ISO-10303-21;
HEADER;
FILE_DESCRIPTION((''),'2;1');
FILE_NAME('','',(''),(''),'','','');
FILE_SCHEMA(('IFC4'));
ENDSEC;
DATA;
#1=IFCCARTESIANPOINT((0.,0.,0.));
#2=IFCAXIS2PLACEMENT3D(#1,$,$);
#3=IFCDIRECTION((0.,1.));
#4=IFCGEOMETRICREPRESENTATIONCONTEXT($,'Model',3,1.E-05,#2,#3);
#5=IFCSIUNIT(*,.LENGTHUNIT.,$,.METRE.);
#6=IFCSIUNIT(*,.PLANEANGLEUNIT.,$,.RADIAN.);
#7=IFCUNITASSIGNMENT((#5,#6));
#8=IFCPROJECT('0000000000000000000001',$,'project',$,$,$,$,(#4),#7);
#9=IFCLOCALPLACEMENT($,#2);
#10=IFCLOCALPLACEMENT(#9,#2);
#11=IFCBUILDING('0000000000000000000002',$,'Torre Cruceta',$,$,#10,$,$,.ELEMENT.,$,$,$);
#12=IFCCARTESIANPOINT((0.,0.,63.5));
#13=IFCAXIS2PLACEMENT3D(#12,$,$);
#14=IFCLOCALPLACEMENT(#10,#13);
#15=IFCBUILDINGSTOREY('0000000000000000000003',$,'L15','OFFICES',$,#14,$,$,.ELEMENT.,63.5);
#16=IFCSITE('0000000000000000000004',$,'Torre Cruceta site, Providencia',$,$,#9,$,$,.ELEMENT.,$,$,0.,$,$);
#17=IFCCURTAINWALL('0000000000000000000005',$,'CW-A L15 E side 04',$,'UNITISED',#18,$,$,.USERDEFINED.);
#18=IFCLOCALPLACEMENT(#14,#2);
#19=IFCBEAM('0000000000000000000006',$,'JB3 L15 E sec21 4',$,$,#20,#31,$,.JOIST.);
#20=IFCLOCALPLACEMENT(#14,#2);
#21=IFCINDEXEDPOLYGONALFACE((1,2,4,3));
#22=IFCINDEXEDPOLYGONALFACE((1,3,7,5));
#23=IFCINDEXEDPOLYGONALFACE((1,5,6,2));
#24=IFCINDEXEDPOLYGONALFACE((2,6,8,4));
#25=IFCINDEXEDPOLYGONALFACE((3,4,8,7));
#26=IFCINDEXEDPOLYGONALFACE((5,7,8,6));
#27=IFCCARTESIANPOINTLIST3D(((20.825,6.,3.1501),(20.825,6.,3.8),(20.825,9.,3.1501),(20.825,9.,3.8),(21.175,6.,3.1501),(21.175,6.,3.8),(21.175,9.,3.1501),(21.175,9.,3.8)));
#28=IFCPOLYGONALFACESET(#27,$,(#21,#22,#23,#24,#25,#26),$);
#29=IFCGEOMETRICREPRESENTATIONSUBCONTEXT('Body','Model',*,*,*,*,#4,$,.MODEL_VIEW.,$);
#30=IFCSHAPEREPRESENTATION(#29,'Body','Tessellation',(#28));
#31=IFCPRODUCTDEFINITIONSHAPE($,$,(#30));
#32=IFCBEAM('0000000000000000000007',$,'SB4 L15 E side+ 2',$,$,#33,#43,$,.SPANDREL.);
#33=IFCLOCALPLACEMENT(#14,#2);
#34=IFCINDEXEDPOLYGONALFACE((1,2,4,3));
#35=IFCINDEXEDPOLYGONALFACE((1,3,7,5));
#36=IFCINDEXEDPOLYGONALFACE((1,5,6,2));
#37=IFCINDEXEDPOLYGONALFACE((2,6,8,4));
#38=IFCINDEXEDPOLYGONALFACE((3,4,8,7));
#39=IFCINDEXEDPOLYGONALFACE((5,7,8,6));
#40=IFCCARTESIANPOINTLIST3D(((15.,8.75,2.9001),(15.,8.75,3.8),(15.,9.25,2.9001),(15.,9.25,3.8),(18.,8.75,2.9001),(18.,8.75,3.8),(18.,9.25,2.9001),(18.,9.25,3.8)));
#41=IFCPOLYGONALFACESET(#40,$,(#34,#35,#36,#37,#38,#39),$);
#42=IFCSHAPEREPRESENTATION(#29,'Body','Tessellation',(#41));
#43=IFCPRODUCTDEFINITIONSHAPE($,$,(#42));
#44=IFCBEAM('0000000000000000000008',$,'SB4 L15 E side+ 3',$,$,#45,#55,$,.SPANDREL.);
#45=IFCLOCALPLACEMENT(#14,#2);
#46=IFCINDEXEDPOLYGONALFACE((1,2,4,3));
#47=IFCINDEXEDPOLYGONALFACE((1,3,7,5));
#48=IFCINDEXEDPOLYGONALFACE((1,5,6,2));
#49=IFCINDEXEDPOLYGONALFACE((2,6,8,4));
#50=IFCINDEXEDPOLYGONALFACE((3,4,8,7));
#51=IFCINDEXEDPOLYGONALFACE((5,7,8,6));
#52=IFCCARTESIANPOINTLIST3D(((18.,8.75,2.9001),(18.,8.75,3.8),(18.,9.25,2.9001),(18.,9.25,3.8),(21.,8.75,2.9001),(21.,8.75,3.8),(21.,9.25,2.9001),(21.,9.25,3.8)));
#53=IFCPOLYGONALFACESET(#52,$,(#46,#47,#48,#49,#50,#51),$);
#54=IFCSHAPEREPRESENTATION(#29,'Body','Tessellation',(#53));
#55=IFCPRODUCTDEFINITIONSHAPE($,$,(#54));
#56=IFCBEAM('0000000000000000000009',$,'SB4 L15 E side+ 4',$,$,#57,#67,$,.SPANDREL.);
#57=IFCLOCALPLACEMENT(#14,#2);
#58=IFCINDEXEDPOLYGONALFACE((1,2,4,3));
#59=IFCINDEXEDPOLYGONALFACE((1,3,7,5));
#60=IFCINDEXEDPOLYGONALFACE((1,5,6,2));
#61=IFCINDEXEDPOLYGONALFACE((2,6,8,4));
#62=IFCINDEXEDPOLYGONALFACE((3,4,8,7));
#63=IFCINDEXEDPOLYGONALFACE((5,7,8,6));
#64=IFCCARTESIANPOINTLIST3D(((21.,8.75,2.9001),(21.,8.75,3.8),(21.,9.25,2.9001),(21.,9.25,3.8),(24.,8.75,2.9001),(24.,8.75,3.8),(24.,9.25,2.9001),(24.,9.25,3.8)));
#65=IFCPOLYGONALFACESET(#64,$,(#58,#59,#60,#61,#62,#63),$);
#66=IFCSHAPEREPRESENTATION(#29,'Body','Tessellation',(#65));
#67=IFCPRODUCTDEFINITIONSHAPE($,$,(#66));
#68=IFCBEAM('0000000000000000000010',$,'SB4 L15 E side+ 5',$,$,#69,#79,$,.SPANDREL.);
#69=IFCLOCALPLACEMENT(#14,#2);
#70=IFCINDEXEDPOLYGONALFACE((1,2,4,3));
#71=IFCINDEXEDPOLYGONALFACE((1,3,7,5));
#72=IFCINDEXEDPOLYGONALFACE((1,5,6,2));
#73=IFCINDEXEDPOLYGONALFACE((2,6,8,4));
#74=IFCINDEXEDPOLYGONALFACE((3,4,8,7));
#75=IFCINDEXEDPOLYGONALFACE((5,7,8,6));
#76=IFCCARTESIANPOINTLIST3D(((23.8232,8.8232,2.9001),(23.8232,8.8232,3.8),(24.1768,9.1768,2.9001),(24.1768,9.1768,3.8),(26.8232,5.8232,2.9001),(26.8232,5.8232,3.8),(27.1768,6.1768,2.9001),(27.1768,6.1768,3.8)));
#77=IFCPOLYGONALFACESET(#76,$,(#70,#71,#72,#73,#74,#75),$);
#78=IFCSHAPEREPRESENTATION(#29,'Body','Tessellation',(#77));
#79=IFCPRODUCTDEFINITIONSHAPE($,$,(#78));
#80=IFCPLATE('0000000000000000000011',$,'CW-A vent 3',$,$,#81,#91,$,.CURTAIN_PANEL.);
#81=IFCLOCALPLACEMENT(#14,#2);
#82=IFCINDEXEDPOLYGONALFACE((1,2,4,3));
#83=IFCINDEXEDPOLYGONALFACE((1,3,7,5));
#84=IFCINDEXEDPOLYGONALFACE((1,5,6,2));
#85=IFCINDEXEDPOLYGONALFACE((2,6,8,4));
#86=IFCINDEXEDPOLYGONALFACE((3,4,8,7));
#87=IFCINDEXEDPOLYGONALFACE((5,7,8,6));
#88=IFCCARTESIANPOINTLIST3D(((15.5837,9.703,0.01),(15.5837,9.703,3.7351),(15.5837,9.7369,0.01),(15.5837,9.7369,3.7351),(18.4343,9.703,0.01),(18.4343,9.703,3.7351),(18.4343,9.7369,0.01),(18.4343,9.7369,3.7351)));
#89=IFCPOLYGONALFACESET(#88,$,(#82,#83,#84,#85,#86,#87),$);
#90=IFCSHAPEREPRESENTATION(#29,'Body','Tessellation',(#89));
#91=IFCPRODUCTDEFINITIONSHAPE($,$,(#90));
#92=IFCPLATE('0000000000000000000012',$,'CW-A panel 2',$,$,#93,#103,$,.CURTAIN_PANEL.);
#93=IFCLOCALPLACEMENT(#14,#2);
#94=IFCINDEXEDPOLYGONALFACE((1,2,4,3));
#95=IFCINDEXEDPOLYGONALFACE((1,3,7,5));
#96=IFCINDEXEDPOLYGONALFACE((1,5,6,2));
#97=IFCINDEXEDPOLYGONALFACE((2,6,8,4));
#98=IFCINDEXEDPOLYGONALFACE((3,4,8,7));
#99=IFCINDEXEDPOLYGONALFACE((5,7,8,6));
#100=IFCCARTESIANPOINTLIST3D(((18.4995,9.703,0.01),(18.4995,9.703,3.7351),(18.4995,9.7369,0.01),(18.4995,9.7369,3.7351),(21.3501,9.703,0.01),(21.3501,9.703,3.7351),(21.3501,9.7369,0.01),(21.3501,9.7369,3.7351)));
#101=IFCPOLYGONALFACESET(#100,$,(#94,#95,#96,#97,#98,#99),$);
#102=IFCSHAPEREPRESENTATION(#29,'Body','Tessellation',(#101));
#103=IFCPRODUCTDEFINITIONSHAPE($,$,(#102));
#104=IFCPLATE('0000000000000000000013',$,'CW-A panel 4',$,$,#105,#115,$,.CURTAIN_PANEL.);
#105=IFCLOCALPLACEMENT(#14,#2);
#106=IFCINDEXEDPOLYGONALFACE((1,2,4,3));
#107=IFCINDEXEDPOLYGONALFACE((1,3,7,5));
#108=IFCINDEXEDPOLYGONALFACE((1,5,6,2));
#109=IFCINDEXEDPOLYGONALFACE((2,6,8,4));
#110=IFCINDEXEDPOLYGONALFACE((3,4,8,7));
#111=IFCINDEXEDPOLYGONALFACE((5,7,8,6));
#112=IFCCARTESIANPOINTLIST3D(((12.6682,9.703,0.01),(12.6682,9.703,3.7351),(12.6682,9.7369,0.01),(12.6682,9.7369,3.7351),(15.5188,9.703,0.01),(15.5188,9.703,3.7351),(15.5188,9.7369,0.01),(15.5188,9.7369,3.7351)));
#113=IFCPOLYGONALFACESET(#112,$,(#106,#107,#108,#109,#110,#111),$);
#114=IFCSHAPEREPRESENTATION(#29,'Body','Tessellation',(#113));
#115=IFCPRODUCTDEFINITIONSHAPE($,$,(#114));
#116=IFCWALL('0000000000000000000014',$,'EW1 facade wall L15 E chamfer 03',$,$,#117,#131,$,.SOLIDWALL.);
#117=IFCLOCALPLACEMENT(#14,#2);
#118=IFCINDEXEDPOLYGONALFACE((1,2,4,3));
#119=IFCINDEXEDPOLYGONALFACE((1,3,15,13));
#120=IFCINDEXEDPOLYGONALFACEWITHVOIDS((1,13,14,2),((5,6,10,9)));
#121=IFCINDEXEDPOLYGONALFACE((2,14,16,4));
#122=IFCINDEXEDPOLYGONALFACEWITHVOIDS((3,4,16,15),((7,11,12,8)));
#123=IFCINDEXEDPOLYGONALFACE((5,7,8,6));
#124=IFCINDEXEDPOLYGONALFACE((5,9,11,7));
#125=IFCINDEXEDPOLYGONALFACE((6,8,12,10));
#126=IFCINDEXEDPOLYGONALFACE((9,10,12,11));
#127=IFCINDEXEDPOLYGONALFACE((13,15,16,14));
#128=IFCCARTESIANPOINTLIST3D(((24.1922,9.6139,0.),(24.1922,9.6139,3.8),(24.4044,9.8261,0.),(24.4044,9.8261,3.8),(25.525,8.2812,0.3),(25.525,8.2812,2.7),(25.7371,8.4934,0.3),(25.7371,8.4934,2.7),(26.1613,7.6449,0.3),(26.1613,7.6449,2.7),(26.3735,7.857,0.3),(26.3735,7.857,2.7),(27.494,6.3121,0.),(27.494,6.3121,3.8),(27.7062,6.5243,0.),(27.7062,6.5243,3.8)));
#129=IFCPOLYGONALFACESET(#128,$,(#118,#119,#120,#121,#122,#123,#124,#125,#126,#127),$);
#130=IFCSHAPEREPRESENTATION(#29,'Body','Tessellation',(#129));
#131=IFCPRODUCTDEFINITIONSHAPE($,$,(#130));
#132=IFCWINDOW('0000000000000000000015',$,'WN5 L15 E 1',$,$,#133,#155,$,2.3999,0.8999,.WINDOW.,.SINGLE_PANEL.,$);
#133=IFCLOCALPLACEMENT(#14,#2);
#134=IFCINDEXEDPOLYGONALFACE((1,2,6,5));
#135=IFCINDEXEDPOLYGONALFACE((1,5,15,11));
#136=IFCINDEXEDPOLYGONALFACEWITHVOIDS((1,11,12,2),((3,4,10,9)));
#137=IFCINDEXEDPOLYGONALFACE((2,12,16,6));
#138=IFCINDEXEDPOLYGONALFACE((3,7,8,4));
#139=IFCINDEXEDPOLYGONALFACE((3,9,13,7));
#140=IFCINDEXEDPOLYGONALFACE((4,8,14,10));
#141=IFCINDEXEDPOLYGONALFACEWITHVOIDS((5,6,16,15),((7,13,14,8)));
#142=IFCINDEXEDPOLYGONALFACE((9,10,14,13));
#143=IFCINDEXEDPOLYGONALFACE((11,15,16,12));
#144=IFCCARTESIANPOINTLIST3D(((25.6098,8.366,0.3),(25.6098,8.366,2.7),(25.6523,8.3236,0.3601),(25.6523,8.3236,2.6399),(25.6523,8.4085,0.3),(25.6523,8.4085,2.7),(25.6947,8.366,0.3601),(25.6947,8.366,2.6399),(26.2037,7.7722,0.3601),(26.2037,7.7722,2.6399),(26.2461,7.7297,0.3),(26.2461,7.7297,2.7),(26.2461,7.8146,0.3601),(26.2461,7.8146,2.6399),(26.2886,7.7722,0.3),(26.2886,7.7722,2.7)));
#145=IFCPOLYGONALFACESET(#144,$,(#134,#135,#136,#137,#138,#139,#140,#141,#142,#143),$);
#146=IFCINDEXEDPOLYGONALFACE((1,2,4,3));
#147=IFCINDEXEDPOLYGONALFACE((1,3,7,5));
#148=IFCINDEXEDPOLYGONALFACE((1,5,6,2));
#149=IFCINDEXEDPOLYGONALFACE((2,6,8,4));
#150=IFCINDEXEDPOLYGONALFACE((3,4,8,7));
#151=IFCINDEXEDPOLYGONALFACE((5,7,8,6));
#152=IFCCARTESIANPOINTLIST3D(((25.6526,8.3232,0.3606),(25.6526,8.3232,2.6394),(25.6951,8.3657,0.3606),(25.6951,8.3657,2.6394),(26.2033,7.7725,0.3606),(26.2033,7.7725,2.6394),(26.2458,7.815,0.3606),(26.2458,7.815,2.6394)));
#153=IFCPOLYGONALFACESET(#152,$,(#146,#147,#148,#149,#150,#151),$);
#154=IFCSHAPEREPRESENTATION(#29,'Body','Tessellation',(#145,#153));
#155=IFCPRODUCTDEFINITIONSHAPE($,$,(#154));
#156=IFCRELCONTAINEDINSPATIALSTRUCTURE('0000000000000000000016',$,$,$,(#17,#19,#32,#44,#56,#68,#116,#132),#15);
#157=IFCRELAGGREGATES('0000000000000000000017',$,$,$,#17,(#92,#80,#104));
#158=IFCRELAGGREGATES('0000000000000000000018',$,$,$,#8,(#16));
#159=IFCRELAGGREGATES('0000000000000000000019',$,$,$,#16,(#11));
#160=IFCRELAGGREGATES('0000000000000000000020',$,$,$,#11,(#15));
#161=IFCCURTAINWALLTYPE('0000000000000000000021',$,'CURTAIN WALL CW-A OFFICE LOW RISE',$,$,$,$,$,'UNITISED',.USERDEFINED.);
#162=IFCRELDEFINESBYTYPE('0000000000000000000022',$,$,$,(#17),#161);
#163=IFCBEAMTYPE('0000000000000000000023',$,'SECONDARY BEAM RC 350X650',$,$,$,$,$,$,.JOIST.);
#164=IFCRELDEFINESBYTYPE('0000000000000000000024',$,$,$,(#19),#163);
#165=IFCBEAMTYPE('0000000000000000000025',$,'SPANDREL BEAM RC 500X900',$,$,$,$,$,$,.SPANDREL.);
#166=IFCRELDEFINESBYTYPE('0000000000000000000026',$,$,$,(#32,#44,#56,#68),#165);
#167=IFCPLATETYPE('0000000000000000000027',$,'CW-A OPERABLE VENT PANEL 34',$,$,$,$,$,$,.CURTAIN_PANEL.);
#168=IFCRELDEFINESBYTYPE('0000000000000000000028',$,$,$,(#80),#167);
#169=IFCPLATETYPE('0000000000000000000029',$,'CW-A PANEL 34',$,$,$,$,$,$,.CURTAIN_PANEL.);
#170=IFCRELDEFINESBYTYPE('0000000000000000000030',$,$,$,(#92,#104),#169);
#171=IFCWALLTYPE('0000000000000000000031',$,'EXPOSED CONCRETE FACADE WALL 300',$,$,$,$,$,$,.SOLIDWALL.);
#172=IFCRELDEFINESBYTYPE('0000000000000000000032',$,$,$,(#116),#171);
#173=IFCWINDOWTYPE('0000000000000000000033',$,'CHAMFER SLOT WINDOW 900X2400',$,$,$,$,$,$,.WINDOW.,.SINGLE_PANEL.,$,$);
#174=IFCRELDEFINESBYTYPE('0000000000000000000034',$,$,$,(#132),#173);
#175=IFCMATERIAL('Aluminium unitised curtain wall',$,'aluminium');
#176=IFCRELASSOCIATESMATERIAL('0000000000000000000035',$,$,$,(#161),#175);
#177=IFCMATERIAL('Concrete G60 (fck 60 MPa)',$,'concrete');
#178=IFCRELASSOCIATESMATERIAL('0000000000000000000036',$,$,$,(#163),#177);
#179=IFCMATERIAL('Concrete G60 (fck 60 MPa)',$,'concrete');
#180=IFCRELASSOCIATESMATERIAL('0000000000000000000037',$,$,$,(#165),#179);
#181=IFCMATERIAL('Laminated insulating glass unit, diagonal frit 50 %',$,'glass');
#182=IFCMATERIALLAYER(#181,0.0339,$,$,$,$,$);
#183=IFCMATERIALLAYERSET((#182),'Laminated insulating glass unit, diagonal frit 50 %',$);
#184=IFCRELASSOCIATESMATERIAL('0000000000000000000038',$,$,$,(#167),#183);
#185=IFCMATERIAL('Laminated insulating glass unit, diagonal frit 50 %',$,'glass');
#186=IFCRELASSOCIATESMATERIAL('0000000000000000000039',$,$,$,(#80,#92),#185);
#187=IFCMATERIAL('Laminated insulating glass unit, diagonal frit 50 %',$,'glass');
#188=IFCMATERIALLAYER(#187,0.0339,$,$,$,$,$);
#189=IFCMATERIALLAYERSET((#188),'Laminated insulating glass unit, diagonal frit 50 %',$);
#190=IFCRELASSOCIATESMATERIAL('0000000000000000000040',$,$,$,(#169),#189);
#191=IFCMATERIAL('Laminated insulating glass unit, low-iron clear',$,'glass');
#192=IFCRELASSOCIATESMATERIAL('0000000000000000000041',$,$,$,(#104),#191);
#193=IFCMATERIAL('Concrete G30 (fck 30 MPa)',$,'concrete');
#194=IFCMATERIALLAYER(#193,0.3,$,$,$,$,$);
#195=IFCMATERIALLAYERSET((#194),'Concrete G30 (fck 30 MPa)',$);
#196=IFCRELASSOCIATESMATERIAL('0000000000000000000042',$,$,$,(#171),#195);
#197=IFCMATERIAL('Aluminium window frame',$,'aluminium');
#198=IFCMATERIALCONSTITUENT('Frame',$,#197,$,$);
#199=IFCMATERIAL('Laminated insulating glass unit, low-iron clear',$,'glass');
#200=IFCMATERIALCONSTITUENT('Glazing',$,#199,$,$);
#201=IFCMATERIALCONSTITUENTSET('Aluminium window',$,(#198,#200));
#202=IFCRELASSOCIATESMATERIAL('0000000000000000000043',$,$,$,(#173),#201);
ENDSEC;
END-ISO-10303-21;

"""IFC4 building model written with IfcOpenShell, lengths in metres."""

from ifc_helpers import new_model, si_unit, direction, frame, frame_2d, origin, origin_2d, place, context, subcontext, project, spatial, rectangle, hollow_rectangle, extrude, material, layer, layer_set, constituent, constituent_set, material_profile, profile_set, type_object, element, fill, aggregate, save


model = new_model("IFC4")

# Units and contexts
model_context = context("Model", 3, precision=1e-05, world=origin(), true_north=direction((0.0, 1.0)))
body_context = subcontext(model_context, "Body", "Model", "MODEL_VIEW")
ifc_project = project(units=[si_unit("LENGTHUNIT", "METRE"), si_unit("PLANEANGLEUNIT", "RADIAN")], contexts=[model_context])

# Site, building, storey
site_placement = place(None, origin())
site = spatial("IfcSite", under=ifc_project, at=site_placement, Name="Torre Cruceta site, Providencia", CompositionType="ELEMENT", RefElevation=0.0)
building_placement = place(site_placement, origin())
building = spatial("IfcBuilding", under=site, at=building_placement, Name="Torre Cruceta", CompositionType="ELEMENT")
storey_placement = place(building_placement, frame((0.0, 0.0, 63.5)))
storey = spatial("IfcBuildingStorey", under=building, at=storey_placement, Name="L15", Description="OFFICES", CompositionType="ELEMENT", Elevation=63.5)

# Curtain wall
ifc_material_1 = material(Name="Aluminium unitised curtain wall", Category="aluminium")
curtain_wall_type = type_object("IfcCurtainWallType", Name="CURTAIN WALL CW-A OFFICE LOW RISE", ElementType="UNITISED", PredefinedType="USERDEFINED", material=ifc_material_1)
curtain_wall_placement = place(storey_placement, origin())
curtain_wall = element("IfcCurtainWall", 1, at=curtain_wall_placement, inside=storey, type_object=curtain_wall_type, Name="CW-A L15 E side 04", ObjectType="UNITISED", PredefinedType="USERDEFINED")

# Beams
ifc_material_2 = material(Name="Concrete G60 (fck 60 MPa)", Category="concrete")
ifc_material_profile_1 = material_profile(ifc_material_2, rectangle(XDim=0.3501, YDim=0.6499, at=origin_2d()), Name="RC 350X650")
ifc_profile_set_1 = profile_set([ifc_material_profile_1], Name="Concrete G60 (fck 60 MPa)")
beam_type_1 = type_object("IfcBeamType", Name="SECONDARY BEAM RC 350X650", PredefinedType="JOIST", material=ifc_profile_set_1)
beam_1_placement = place(storey_placement, frame((21.0, 6.0, 3.4751), z_axis=(0.0, 1.0, 0.0), x_axis=(-1.0, 0.0, 0.0)))
element("IfcBeam", 2, at=beam_1_placement, inside=storey, type_object=beam_type_1, Name="JB3 L15 E sec21 4", PredefinedType="JOIST", context=body_context, shape_type="SweptSolid", body=[
    extrude(rectangle(XDim=0.3501, YDim=0.6499, at=origin_2d()), origin(), (0.0, 0.0, 1.0), 3.0),
])
ifc_material_3 = material(Name="Concrete G60 (fck 60 MPa)", Category="concrete")
ifc_material_profile_2 = material_profile(ifc_material_3, rectangle(XDim=0.5, YDim=0.8999, at=origin_2d()), Name="RC 500X900")
ifc_profile_set_2 = profile_set([ifc_material_profile_2], Name="Concrete G60 (fck 60 MPa)")
beam_type_2 = type_object("IfcBeamType", Name="SPANDREL BEAM RC 500X900", PredefinedType="SPANDREL", material=ifc_profile_set_2)
for number, where, z_axis, x_axis, name in (
    (3, (15.0, 9.0, 3.3501), (1.0, 0.0, 0.0), (0.0, 1.0, 0.0), "SB4 L15 E side+ 2"),
    (4, (18.0, 9.0, 3.3501), (1.0, 0.0, 0.0), (0.0, 1.0, 0.0), "SB4 L15 E side+ 3"),
    (5, (21.0, 9.0, 3.3501), (1.0, 0.0, 0.0), (0.0, 1.0, 0.0), "SB4 L15 E side+ 4"),
):
    element("IfcBeam", number, at=place(storey_placement, frame(where, z_axis=z_axis, x_axis=x_axis)), inside=storey, type_object=beam_type_2, Name=name, PredefinedType="SPANDREL", context=body_context, shape_type="SweptSolid", body=[
        extrude(rectangle(XDim=0.5, YDim=0.8999, at=origin_2d()), origin(), (0.0, 0.0, 1.0), 3.0),
    ])
beam_2_placement = place(storey_placement, frame((24.0, 9.0, 3.3501), z_axis=(0.707107, -0.707107, 0.0), x_axis=(0.707107, 0.707107, 0.0)))
element("IfcBeam", 6, at=beam_2_placement, inside=storey, type_object=beam_type_2, Name="SB4 L15 E side+ 5", PredefinedType="SPANDREL", context=body_context, shape_type="SweptSolid", body=[
    extrude(rectangle(XDim=0.5, YDim=0.8999, at=origin_2d()), origin(), (0.0, 0.0, 1.0), 4.2427),
])

# Plates
ifc_material_4 = material(Name="Laminated insulating glass unit, diagonal frit 50 %", Category="glass")
ifc_material_5 = material(Name="Laminated insulating glass unit, diagonal frit 50 %", Category="glass")
ifc_layer_1 = layer(ifc_material_5, 0.0339)
ifc_layer_set_1 = layer_set([ifc_layer_1], Name="Laminated insulating glass unit, diagonal frit 50 %")
plate_type_1 = type_object("IfcPlateType", Name="CW-A OPERABLE VENT PANEL 34", PredefinedType="CURTAIN_PANEL", material=ifc_layer_set_1)
plate_1_placement = place(storey_placement, frame((17.009, 9.72, 0.01), z_axis=(0.0, 0.0, 1.0), x_axis=(-1.0, 0.0, 0.0)))
plate_1 = element("IfcPlate", 7, at=plate_1_placement, type_object=plate_type_1, material=ifc_material_4, Name="CW-A vent 3", PredefinedType="CURTAIN_PANEL", context=body_context, shape_type="SweptSolid", body=[
    extrude(rectangle(XDim=2.8506, YDim=0.0339, at=origin_2d()), origin(), (0.0, 0.0, 1.0), 3.7251),
])
ifc_material_6 = material(Name="Laminated insulating glass unit, diagonal frit 50 %", Category="glass")
ifc_layer_2 = layer(ifc_material_6, 0.0339)
ifc_layer_set_2 = layer_set([ifc_layer_2], Name="Laminated insulating glass unit, diagonal frit 50 %")
plate_type_2 = type_object("IfcPlateType", Name="CW-A PANEL 34", PredefinedType="CURTAIN_PANEL", material=ifc_layer_set_2)
plate_2_placement = place(storey_placement, frame((19.9248, 9.72, 0.01), z_axis=(0.0, 0.0, 1.0), x_axis=(-1.0, 0.0, 0.0)))
plate_2 = element("IfcPlate", 8, at=plate_2_placement, type_object=plate_type_2, material=ifc_material_4, Name="CW-A panel 2", PredefinedType="CURTAIN_PANEL", context=body_context, shape_type="SweptSolid", body=[
    extrude(rectangle(XDim=2.8506, YDim=0.0339, at=origin_2d()), origin(), (0.0, 0.0, 1.0), 3.7251),
])
ifc_material_7 = material(Name="Laminated insulating glass unit, low-iron clear", Category="glass")
plate_3_placement = place(storey_placement, frame((14.0935, 9.72, 0.01), z_axis=(0.0, 0.0, 1.0), x_axis=(-1.0, 0.0, 0.0)))
plate_3 = element("IfcPlate", 9, at=plate_3_placement, type_object=plate_type_2, material=ifc_material_7, Name="CW-A panel 4", PredefinedType="CURTAIN_PANEL", context=body_context, shape_type="SweptSolid", body=[
    extrude(rectangle(XDim=2.8506, YDim=0.0339, at=origin_2d()), origin(), (0.0, 0.0, 1.0), 3.7251),
])
aggregate(curtain_wall, [plate_2, plate_1, plate_3])

# Wall, opening, window
ifc_material_8 = material(Name="Concrete G30 (fck 30 MPa)", Category="concrete")
ifc_layer_3 = layer(ifc_material_8, 0.3)
ifc_layer_set_3 = layer_set([ifc_layer_3], Name="Concrete G30 (fck 30 MPa)")
wall_type_1 = type_object("IfcWallType", Name="EXPOSED CONCRETE FACADE WALL 300", PredefinedType="SOLIDWALL", material=ifc_layer_set_3)
wall_1_placement = place(storey_placement, frame((27.6001, 6.4182, 0.0), z_axis=(0.0, 0.0, 1.0), x_axis=(-0.707107, 0.707107, 0.0)))
wall_1 = element("IfcWall", 10, at=wall_1_placement, inside=storey, type_object=wall_type_1, Name="EW1 facade wall L15 E chamfer 03", PredefinedType="SOLIDWALL", context=body_context, shape_type="SweptSolid", body=[
    extrude(rectangle(XDim=4.6694, YDim=0.3, at=frame_2d((2.3347, 0.0))), origin(), (0.0, 0.0, 1.0), 3.8),
])
opening_1_placement = place(wall_1_placement, frame((1.8848, 0.0, 0.3)))
opening_1 = element("IfcOpeningElement", 11, at=opening_1_placement, cuts=wall_1, PredefinedType="OPENING", context=body_context, shape_type="SweptSolid", body=[
    extrude(rectangle(XDim=0.8999, YDim=2.3999, at=frame_2d((0.45, 1.2))), frame((0.0, 0.1599, 0.0), z_axis=(0.0, -1.0, 0.0), x_axis=(1.0, 0.0, 0.0)), (0.0, 0.0, 1.0), 0.3201),
])
ifc_material_9 = material(Name="Aluminium window frame", Category="aluminium")
ifc_constituent_1 = constituent(ifc_material_9, Name="Frame")
ifc_material_10 = material(Name="Laminated insulating glass unit, low-iron clear", Category="glass")
ifc_constituent_2 = constituent(ifc_material_10, Name="Glazing")
ifc_constituent_set_1 = constituent_set(constituents=[ifc_constituent_1, ifc_constituent_2], Name="Aluminium window")
window_type = type_object("IfcWindowType", Name="CHAMFER SLOT WINDOW 900X2400", PartitioningType="SINGLE_PANEL", PredefinedType="WINDOW", material=ifc_constituent_set_1)
window_placement = place(opening_1_placement, origin())
window = element("IfcWindow", 12, at=window_placement, inside=storey, type_object=window_type, Name="WN5 L15 E 1", OverallHeight=2.3999, OverallWidth=0.8999, PartitioningType="SINGLE_PANEL", PredefinedType="WINDOW", context=body_context, shape_type="SweptSolid", body=[
    extrude(hollow_rectangle(XDim=0.8999, YDim=2.3999, WallThickness=0.0601, at=frame_2d((0.45, 1.2))), frame((0.0, 0.03, 0.0), z_axis=(0.0, -1.0, 0.0), x_axis=(1.0, 0.0, 0.0)), (0.0, 0.0, 1.0), 0.0601),
    extrude(rectangle(XDim=0.7788, YDim=2.2788, at=frame_2d((0.45, 1.2))), frame((0.0, 0.03, 0.0), z_axis=(0.0, -1.0, 0.0), x_axis=(1.0, 0.0, 0.0)), (0.0, 0.0, 1.0), 0.0601),
])
fill(opening_1, window)

save(model, "model.ifc")
